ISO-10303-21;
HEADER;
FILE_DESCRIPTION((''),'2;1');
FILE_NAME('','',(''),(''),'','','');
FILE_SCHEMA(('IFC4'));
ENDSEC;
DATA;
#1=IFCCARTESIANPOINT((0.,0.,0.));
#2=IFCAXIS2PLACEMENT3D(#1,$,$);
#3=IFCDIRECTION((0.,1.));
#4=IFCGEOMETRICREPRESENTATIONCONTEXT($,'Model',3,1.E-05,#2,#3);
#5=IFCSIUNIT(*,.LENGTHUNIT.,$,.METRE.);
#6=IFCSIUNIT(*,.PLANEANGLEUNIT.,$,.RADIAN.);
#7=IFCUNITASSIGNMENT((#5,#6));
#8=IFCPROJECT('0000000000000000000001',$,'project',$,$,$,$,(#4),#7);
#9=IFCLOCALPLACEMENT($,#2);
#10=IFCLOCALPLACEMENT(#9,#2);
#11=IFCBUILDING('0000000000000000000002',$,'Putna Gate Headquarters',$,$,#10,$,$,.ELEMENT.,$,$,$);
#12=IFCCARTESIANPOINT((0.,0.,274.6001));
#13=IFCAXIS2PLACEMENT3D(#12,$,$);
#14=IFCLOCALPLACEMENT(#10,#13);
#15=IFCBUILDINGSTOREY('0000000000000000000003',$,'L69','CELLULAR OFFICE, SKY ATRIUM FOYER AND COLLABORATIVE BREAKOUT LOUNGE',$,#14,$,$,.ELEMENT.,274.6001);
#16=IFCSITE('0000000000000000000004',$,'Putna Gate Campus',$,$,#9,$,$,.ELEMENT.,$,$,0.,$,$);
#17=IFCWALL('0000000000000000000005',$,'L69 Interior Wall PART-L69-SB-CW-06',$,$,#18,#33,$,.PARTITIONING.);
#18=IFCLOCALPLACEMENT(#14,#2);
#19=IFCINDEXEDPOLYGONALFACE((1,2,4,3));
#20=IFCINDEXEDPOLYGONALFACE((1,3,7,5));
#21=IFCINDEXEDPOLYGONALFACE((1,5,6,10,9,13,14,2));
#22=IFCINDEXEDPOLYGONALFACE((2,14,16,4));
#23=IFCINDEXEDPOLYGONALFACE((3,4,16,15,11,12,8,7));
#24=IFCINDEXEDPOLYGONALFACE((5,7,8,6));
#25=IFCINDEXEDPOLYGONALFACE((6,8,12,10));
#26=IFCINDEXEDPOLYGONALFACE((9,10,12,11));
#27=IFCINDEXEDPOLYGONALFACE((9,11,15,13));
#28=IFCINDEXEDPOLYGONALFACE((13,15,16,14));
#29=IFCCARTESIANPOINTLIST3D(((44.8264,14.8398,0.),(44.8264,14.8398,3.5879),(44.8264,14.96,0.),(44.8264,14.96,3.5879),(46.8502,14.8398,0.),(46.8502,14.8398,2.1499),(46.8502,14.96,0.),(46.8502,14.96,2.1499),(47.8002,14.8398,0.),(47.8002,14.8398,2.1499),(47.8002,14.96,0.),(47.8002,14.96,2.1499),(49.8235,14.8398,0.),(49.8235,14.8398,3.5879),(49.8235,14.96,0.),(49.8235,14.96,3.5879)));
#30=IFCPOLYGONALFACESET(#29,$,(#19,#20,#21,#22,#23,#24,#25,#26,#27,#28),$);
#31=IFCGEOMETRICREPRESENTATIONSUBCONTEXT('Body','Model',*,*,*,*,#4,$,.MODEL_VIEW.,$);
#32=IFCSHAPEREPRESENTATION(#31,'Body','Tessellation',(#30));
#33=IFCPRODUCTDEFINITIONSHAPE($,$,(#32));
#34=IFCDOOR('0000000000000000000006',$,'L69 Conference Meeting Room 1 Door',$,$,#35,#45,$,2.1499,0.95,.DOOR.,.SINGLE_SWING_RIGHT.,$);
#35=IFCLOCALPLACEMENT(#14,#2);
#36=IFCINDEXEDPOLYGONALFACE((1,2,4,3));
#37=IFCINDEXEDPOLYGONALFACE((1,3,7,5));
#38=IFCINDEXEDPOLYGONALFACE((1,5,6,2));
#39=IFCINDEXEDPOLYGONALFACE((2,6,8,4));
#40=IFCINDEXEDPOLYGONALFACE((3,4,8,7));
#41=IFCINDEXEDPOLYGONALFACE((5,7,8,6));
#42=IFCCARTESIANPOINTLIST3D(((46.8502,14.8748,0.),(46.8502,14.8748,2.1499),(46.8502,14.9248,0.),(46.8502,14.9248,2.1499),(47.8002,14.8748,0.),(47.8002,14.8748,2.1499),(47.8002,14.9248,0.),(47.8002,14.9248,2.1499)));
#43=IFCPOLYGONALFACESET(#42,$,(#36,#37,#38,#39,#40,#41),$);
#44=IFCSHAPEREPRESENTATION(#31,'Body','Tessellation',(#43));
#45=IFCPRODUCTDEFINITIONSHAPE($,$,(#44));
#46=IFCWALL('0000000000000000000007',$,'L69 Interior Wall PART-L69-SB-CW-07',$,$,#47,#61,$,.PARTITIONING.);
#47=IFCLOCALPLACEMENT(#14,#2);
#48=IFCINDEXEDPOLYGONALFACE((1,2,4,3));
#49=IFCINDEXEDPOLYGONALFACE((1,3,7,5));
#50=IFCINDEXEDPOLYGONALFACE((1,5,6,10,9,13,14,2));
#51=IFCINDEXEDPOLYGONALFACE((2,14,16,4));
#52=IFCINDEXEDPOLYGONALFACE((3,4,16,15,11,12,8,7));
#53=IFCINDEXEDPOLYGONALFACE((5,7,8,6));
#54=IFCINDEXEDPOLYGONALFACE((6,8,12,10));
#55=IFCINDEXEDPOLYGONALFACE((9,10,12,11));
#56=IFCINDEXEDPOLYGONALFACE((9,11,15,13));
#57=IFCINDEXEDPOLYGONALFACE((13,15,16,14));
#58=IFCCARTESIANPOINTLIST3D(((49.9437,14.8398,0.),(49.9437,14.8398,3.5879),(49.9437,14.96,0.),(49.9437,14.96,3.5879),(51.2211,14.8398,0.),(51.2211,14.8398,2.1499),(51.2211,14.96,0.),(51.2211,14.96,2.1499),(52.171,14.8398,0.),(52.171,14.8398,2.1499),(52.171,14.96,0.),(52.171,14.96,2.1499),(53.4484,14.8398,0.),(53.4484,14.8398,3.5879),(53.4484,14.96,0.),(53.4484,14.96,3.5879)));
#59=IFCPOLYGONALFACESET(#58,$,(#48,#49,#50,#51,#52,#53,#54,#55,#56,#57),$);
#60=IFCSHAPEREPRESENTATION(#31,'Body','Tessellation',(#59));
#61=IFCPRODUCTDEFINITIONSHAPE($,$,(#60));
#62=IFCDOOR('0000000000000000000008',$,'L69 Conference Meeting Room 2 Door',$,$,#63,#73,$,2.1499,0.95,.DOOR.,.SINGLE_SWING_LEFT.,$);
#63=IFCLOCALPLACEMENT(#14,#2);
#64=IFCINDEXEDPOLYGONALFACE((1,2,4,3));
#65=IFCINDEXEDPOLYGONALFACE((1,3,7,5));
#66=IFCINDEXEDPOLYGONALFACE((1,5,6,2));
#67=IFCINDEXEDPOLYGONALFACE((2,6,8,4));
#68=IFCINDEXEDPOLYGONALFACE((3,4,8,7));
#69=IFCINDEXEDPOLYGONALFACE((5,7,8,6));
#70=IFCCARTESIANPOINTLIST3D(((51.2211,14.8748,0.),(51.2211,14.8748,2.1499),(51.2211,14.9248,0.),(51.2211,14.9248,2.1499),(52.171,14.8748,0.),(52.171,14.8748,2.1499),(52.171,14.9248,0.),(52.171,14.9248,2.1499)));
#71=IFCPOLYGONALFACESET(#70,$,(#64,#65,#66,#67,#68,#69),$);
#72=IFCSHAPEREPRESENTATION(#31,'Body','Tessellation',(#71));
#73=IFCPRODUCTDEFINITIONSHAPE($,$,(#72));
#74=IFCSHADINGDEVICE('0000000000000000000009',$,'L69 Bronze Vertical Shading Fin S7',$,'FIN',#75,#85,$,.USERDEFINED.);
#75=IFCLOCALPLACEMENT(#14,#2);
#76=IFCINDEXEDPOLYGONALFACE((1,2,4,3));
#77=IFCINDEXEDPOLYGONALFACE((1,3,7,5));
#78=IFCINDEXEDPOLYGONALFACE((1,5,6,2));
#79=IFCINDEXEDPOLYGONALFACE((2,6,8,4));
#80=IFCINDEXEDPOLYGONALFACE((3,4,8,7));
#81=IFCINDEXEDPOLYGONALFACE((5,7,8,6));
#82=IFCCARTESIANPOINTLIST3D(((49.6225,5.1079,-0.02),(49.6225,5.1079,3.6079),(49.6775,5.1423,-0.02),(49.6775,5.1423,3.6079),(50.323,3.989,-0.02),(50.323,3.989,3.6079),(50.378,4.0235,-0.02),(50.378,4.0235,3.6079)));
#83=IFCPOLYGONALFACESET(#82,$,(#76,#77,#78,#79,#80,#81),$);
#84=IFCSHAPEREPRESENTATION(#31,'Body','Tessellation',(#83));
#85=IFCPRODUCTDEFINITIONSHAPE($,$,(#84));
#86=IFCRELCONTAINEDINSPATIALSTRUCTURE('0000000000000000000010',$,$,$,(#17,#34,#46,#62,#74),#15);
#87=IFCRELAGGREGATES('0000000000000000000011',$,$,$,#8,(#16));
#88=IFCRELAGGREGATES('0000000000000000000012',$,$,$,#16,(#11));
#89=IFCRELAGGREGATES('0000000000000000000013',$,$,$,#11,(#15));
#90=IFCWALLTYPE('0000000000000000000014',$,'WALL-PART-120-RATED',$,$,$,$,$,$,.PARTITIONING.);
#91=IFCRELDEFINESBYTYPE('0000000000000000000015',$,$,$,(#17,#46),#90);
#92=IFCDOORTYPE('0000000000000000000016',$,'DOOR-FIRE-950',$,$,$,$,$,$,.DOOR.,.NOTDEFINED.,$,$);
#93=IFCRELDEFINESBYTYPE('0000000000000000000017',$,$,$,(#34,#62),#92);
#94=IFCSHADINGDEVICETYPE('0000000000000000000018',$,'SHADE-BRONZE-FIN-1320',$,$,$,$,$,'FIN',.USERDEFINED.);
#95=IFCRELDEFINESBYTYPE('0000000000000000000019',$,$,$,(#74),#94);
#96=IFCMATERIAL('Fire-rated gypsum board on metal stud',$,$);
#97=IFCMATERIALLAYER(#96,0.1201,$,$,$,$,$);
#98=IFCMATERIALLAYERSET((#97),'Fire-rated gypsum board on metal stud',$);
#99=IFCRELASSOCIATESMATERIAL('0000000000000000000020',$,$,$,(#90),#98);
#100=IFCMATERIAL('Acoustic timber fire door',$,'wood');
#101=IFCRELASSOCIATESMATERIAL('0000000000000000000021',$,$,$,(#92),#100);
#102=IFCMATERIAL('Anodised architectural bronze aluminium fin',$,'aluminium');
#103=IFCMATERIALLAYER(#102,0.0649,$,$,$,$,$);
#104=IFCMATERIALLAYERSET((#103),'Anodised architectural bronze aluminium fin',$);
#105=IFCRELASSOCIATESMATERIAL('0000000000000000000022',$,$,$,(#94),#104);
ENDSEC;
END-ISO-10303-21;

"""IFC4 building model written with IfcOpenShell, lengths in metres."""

from ifc_helpers import new_model, si_unit, direction, frame, frame_2d, origin, origin_2d, place, context, subcontext, project, spatial, rectangle, extrude, material, layer, layer_set, type_object, element, fill, save


model = new_model("IFC4")

# Units and contexts
model_context = context("Model", 3, precision=1e-05, world=origin(), true_north=direction((0.0, 1.0)))
body_context = subcontext(model_context, "Body", "Model", "MODEL_VIEW")
ifc_project = project(units=[si_unit("LENGTHUNIT", "METRE"), si_unit("PLANEANGLEUNIT", "RADIAN")], contexts=[model_context])

# Site, building, storey
site_placement = place(None, origin())
site = spatial("IfcSite", under=ifc_project, at=site_placement, Name="Putna Gate Campus", CompositionType="ELEMENT", RefElevation=0.0)
building_placement = place(site_placement, origin())
building = spatial("IfcBuilding", under=site, at=building_placement, Name="Putna Gate Headquarters", CompositionType="ELEMENT")
storey_placement = place(building_placement, frame((0.0, 0.0, 274.6001)))
storey = spatial("IfcBuildingStorey", under=building, at=storey_placement, Name="L69", Description="CELLULAR OFFICE, SKY ATRIUM FOYER AND COLLABORATIVE BREAKOUT LOUNGE", CompositionType="ELEMENT", Elevation=274.6001)

# Walls, openings, doors
ifc_material_1 = material(Name="Fire-rated gypsum board on metal stud")
ifc_layer_1 = layer(ifc_material_1, 0.1201)
ifc_layer_set_1 = layer_set([ifc_layer_1], Name="Fire-rated gypsum board on metal stud")
wall_type_1 = type_object("IfcWallType", Name="WALL-PART-120-RATED", PredefinedType="PARTITIONING", material=ifc_layer_set_1)
ifc_material_2 = material(Name="Acoustic timber fire door", Category="wood")
door_type = type_object("IfcDoorType", Name="DOOR-FIRE-950", OperationType="NOTDEFINED", PredefinedType="DOOR", material=ifc_material_2)
wall_1_placement = place(storey_placement, frame((44.8264, 14.8999, 0.0), z_axis=(0.0, 0.0, 1.0), x_axis=(1.0, 0.0, 0.0)))
wall_1 = element("IfcWall", 1, at=wall_1_placement, inside=storey, type_object=wall_type_1, Name="L69 Interior Wall PART-L69-SB-CW-06", PredefinedType="PARTITIONING", context=body_context, shape_type="SweptSolid", body=[
    extrude(rectangle(XDim=4.9971, YDim=0.1201, at=frame_2d((2.4985, 0.0))), origin(), (0.0, 0.0, 1.0), 3.5879),
])
opening_1_placement = place(wall_1_placement, frame((2.0237, 0.0, 0.0)))
opening_1 = element("IfcOpeningElement", 2, at=opening_1_placement, cuts=wall_1, PredefinedType="OPENING", context=body_context, shape_type="SweptSolid", body=[
    extrude(rectangle(XDim=0.95, YDim=2.1499, at=frame_2d((0.4751, 1.075))), frame((0.0, 0.0701, 0.0), z_axis=(0.0, -1.0, 0.0), x_axis=(1.0, 0.0, 0.0)), (0.0, 0.0, 1.0), 0.1401),
])
door_1_placement = place(opening_1_placement, origin())
door_1 = element("IfcDoor", 3, at=door_1_placement, inside=storey, type_object=door_type, Name="L69 Conference Meeting Room 1 Door", OperationType="SINGLE_SWING_RIGHT", OverallHeight=2.1499, OverallWidth=0.95, PredefinedType="DOOR", context=body_context, shape_type="SweptSolid", body=[
    extrude(rectangle(XDim=0.95, YDim=2.1499, at=frame_2d((0.4751, 1.075))), frame((0.0, 0.0249, 0.0), z_axis=(0.0, -1.0, 0.0), x_axis=(1.0, 0.0, 0.0)), (0.0, 0.0, 1.0), 0.05),
])
fill(opening_1, door_1)
wall_2_placement = place(storey_placement, frame((49.9436, 14.8999, 0.0), z_axis=(0.0, 0.0, 1.0), x_axis=(1.0, 0.0, 0.0)))
wall_2 = element("IfcWall", 4, at=wall_2_placement, inside=storey, type_object=wall_type_1, Name="L69 Interior Wall PART-L69-SB-CW-07", PredefinedType="PARTITIONING", context=body_context, shape_type="SweptSolid", body=[
    extrude(rectangle(XDim=3.5046, YDim=0.1201, at=frame_2d((1.7524, 0.0))), origin(), (0.0, 0.0, 1.0), 3.5879),
])
opening_2_placement = place(wall_2_placement, frame((1.2773, 0.0, 0.0)))
opening_2 = element("IfcOpeningElement", 5, at=opening_2_placement, cuts=wall_2, PredefinedType="OPENING", context=body_context, shape_type="SweptSolid", body=[
    extrude(rectangle(XDim=0.95, YDim=2.1499, at=frame_2d((0.4751, 1.075))), frame((0.0, 0.0701, 0.0), z_axis=(0.0, -1.0, 0.0), x_axis=(1.0, 0.0, 0.0)), (0.0, 0.0, 1.0), 0.1401),
])
door_2_placement = place(opening_2_placement, origin())
door_2 = element("IfcDoor", 6, at=door_2_placement, inside=storey, type_object=door_type, Name="L69 Conference Meeting Room 2 Door", OperationType="SINGLE_SWING_LEFT", OverallHeight=2.1499, OverallWidth=0.95, PredefinedType="DOOR", context=body_context, shape_type="SweptSolid", body=[
    extrude(rectangle(XDim=0.95, YDim=2.1499, at=frame_2d((0.4751, 1.075))), frame((0.0, 0.0249, 0.0), z_axis=(0.0, -1.0, 0.0), x_axis=(1.0, 0.0, 0.0)), (0.0, 0.0, 1.0), 0.05),
])
fill(opening_2, door_2)

# Shading device
ifc_material_3 = material(Name="Anodised architectural bronze aluminium fin", Category="aluminium")
ifc_layer_2 = layer(ifc_material_3, 0.0649)
ifc_layer_set_2 = layer_set([ifc_layer_2], Name="Anodised architectural bronze aluminium fin")
shading_device_type = type_object("IfcShadingDeviceType", Name="SHADE-BRONZE-FIN-1320", ElementType="FIN", PredefinedType="USERDEFINED", material=ifc_layer_set_2)
shading_device_placement = place(storey_placement, frame((50.0002, 4.5657, -0.02), z_axis=(0.0, 0.0, 1.0), x_axis=(0.530659, -0.847585, 0.0)))
element("IfcShadingDevice", 7, at=shading_device_placement, inside=storey, type_object=shading_device_type, Name="L69 Bronze Vertical Shading Fin S7", ObjectType="FIN", PredefinedType="USERDEFINED", context=body_context, shape_type="SweptSolid", body=[
    extrude(rectangle(XDim=1.3201, YDim=0.0649, at=origin_2d()), origin(), (0.0, 0.0, 1.0), 3.6279),
])

save(model, "model.ifc")
